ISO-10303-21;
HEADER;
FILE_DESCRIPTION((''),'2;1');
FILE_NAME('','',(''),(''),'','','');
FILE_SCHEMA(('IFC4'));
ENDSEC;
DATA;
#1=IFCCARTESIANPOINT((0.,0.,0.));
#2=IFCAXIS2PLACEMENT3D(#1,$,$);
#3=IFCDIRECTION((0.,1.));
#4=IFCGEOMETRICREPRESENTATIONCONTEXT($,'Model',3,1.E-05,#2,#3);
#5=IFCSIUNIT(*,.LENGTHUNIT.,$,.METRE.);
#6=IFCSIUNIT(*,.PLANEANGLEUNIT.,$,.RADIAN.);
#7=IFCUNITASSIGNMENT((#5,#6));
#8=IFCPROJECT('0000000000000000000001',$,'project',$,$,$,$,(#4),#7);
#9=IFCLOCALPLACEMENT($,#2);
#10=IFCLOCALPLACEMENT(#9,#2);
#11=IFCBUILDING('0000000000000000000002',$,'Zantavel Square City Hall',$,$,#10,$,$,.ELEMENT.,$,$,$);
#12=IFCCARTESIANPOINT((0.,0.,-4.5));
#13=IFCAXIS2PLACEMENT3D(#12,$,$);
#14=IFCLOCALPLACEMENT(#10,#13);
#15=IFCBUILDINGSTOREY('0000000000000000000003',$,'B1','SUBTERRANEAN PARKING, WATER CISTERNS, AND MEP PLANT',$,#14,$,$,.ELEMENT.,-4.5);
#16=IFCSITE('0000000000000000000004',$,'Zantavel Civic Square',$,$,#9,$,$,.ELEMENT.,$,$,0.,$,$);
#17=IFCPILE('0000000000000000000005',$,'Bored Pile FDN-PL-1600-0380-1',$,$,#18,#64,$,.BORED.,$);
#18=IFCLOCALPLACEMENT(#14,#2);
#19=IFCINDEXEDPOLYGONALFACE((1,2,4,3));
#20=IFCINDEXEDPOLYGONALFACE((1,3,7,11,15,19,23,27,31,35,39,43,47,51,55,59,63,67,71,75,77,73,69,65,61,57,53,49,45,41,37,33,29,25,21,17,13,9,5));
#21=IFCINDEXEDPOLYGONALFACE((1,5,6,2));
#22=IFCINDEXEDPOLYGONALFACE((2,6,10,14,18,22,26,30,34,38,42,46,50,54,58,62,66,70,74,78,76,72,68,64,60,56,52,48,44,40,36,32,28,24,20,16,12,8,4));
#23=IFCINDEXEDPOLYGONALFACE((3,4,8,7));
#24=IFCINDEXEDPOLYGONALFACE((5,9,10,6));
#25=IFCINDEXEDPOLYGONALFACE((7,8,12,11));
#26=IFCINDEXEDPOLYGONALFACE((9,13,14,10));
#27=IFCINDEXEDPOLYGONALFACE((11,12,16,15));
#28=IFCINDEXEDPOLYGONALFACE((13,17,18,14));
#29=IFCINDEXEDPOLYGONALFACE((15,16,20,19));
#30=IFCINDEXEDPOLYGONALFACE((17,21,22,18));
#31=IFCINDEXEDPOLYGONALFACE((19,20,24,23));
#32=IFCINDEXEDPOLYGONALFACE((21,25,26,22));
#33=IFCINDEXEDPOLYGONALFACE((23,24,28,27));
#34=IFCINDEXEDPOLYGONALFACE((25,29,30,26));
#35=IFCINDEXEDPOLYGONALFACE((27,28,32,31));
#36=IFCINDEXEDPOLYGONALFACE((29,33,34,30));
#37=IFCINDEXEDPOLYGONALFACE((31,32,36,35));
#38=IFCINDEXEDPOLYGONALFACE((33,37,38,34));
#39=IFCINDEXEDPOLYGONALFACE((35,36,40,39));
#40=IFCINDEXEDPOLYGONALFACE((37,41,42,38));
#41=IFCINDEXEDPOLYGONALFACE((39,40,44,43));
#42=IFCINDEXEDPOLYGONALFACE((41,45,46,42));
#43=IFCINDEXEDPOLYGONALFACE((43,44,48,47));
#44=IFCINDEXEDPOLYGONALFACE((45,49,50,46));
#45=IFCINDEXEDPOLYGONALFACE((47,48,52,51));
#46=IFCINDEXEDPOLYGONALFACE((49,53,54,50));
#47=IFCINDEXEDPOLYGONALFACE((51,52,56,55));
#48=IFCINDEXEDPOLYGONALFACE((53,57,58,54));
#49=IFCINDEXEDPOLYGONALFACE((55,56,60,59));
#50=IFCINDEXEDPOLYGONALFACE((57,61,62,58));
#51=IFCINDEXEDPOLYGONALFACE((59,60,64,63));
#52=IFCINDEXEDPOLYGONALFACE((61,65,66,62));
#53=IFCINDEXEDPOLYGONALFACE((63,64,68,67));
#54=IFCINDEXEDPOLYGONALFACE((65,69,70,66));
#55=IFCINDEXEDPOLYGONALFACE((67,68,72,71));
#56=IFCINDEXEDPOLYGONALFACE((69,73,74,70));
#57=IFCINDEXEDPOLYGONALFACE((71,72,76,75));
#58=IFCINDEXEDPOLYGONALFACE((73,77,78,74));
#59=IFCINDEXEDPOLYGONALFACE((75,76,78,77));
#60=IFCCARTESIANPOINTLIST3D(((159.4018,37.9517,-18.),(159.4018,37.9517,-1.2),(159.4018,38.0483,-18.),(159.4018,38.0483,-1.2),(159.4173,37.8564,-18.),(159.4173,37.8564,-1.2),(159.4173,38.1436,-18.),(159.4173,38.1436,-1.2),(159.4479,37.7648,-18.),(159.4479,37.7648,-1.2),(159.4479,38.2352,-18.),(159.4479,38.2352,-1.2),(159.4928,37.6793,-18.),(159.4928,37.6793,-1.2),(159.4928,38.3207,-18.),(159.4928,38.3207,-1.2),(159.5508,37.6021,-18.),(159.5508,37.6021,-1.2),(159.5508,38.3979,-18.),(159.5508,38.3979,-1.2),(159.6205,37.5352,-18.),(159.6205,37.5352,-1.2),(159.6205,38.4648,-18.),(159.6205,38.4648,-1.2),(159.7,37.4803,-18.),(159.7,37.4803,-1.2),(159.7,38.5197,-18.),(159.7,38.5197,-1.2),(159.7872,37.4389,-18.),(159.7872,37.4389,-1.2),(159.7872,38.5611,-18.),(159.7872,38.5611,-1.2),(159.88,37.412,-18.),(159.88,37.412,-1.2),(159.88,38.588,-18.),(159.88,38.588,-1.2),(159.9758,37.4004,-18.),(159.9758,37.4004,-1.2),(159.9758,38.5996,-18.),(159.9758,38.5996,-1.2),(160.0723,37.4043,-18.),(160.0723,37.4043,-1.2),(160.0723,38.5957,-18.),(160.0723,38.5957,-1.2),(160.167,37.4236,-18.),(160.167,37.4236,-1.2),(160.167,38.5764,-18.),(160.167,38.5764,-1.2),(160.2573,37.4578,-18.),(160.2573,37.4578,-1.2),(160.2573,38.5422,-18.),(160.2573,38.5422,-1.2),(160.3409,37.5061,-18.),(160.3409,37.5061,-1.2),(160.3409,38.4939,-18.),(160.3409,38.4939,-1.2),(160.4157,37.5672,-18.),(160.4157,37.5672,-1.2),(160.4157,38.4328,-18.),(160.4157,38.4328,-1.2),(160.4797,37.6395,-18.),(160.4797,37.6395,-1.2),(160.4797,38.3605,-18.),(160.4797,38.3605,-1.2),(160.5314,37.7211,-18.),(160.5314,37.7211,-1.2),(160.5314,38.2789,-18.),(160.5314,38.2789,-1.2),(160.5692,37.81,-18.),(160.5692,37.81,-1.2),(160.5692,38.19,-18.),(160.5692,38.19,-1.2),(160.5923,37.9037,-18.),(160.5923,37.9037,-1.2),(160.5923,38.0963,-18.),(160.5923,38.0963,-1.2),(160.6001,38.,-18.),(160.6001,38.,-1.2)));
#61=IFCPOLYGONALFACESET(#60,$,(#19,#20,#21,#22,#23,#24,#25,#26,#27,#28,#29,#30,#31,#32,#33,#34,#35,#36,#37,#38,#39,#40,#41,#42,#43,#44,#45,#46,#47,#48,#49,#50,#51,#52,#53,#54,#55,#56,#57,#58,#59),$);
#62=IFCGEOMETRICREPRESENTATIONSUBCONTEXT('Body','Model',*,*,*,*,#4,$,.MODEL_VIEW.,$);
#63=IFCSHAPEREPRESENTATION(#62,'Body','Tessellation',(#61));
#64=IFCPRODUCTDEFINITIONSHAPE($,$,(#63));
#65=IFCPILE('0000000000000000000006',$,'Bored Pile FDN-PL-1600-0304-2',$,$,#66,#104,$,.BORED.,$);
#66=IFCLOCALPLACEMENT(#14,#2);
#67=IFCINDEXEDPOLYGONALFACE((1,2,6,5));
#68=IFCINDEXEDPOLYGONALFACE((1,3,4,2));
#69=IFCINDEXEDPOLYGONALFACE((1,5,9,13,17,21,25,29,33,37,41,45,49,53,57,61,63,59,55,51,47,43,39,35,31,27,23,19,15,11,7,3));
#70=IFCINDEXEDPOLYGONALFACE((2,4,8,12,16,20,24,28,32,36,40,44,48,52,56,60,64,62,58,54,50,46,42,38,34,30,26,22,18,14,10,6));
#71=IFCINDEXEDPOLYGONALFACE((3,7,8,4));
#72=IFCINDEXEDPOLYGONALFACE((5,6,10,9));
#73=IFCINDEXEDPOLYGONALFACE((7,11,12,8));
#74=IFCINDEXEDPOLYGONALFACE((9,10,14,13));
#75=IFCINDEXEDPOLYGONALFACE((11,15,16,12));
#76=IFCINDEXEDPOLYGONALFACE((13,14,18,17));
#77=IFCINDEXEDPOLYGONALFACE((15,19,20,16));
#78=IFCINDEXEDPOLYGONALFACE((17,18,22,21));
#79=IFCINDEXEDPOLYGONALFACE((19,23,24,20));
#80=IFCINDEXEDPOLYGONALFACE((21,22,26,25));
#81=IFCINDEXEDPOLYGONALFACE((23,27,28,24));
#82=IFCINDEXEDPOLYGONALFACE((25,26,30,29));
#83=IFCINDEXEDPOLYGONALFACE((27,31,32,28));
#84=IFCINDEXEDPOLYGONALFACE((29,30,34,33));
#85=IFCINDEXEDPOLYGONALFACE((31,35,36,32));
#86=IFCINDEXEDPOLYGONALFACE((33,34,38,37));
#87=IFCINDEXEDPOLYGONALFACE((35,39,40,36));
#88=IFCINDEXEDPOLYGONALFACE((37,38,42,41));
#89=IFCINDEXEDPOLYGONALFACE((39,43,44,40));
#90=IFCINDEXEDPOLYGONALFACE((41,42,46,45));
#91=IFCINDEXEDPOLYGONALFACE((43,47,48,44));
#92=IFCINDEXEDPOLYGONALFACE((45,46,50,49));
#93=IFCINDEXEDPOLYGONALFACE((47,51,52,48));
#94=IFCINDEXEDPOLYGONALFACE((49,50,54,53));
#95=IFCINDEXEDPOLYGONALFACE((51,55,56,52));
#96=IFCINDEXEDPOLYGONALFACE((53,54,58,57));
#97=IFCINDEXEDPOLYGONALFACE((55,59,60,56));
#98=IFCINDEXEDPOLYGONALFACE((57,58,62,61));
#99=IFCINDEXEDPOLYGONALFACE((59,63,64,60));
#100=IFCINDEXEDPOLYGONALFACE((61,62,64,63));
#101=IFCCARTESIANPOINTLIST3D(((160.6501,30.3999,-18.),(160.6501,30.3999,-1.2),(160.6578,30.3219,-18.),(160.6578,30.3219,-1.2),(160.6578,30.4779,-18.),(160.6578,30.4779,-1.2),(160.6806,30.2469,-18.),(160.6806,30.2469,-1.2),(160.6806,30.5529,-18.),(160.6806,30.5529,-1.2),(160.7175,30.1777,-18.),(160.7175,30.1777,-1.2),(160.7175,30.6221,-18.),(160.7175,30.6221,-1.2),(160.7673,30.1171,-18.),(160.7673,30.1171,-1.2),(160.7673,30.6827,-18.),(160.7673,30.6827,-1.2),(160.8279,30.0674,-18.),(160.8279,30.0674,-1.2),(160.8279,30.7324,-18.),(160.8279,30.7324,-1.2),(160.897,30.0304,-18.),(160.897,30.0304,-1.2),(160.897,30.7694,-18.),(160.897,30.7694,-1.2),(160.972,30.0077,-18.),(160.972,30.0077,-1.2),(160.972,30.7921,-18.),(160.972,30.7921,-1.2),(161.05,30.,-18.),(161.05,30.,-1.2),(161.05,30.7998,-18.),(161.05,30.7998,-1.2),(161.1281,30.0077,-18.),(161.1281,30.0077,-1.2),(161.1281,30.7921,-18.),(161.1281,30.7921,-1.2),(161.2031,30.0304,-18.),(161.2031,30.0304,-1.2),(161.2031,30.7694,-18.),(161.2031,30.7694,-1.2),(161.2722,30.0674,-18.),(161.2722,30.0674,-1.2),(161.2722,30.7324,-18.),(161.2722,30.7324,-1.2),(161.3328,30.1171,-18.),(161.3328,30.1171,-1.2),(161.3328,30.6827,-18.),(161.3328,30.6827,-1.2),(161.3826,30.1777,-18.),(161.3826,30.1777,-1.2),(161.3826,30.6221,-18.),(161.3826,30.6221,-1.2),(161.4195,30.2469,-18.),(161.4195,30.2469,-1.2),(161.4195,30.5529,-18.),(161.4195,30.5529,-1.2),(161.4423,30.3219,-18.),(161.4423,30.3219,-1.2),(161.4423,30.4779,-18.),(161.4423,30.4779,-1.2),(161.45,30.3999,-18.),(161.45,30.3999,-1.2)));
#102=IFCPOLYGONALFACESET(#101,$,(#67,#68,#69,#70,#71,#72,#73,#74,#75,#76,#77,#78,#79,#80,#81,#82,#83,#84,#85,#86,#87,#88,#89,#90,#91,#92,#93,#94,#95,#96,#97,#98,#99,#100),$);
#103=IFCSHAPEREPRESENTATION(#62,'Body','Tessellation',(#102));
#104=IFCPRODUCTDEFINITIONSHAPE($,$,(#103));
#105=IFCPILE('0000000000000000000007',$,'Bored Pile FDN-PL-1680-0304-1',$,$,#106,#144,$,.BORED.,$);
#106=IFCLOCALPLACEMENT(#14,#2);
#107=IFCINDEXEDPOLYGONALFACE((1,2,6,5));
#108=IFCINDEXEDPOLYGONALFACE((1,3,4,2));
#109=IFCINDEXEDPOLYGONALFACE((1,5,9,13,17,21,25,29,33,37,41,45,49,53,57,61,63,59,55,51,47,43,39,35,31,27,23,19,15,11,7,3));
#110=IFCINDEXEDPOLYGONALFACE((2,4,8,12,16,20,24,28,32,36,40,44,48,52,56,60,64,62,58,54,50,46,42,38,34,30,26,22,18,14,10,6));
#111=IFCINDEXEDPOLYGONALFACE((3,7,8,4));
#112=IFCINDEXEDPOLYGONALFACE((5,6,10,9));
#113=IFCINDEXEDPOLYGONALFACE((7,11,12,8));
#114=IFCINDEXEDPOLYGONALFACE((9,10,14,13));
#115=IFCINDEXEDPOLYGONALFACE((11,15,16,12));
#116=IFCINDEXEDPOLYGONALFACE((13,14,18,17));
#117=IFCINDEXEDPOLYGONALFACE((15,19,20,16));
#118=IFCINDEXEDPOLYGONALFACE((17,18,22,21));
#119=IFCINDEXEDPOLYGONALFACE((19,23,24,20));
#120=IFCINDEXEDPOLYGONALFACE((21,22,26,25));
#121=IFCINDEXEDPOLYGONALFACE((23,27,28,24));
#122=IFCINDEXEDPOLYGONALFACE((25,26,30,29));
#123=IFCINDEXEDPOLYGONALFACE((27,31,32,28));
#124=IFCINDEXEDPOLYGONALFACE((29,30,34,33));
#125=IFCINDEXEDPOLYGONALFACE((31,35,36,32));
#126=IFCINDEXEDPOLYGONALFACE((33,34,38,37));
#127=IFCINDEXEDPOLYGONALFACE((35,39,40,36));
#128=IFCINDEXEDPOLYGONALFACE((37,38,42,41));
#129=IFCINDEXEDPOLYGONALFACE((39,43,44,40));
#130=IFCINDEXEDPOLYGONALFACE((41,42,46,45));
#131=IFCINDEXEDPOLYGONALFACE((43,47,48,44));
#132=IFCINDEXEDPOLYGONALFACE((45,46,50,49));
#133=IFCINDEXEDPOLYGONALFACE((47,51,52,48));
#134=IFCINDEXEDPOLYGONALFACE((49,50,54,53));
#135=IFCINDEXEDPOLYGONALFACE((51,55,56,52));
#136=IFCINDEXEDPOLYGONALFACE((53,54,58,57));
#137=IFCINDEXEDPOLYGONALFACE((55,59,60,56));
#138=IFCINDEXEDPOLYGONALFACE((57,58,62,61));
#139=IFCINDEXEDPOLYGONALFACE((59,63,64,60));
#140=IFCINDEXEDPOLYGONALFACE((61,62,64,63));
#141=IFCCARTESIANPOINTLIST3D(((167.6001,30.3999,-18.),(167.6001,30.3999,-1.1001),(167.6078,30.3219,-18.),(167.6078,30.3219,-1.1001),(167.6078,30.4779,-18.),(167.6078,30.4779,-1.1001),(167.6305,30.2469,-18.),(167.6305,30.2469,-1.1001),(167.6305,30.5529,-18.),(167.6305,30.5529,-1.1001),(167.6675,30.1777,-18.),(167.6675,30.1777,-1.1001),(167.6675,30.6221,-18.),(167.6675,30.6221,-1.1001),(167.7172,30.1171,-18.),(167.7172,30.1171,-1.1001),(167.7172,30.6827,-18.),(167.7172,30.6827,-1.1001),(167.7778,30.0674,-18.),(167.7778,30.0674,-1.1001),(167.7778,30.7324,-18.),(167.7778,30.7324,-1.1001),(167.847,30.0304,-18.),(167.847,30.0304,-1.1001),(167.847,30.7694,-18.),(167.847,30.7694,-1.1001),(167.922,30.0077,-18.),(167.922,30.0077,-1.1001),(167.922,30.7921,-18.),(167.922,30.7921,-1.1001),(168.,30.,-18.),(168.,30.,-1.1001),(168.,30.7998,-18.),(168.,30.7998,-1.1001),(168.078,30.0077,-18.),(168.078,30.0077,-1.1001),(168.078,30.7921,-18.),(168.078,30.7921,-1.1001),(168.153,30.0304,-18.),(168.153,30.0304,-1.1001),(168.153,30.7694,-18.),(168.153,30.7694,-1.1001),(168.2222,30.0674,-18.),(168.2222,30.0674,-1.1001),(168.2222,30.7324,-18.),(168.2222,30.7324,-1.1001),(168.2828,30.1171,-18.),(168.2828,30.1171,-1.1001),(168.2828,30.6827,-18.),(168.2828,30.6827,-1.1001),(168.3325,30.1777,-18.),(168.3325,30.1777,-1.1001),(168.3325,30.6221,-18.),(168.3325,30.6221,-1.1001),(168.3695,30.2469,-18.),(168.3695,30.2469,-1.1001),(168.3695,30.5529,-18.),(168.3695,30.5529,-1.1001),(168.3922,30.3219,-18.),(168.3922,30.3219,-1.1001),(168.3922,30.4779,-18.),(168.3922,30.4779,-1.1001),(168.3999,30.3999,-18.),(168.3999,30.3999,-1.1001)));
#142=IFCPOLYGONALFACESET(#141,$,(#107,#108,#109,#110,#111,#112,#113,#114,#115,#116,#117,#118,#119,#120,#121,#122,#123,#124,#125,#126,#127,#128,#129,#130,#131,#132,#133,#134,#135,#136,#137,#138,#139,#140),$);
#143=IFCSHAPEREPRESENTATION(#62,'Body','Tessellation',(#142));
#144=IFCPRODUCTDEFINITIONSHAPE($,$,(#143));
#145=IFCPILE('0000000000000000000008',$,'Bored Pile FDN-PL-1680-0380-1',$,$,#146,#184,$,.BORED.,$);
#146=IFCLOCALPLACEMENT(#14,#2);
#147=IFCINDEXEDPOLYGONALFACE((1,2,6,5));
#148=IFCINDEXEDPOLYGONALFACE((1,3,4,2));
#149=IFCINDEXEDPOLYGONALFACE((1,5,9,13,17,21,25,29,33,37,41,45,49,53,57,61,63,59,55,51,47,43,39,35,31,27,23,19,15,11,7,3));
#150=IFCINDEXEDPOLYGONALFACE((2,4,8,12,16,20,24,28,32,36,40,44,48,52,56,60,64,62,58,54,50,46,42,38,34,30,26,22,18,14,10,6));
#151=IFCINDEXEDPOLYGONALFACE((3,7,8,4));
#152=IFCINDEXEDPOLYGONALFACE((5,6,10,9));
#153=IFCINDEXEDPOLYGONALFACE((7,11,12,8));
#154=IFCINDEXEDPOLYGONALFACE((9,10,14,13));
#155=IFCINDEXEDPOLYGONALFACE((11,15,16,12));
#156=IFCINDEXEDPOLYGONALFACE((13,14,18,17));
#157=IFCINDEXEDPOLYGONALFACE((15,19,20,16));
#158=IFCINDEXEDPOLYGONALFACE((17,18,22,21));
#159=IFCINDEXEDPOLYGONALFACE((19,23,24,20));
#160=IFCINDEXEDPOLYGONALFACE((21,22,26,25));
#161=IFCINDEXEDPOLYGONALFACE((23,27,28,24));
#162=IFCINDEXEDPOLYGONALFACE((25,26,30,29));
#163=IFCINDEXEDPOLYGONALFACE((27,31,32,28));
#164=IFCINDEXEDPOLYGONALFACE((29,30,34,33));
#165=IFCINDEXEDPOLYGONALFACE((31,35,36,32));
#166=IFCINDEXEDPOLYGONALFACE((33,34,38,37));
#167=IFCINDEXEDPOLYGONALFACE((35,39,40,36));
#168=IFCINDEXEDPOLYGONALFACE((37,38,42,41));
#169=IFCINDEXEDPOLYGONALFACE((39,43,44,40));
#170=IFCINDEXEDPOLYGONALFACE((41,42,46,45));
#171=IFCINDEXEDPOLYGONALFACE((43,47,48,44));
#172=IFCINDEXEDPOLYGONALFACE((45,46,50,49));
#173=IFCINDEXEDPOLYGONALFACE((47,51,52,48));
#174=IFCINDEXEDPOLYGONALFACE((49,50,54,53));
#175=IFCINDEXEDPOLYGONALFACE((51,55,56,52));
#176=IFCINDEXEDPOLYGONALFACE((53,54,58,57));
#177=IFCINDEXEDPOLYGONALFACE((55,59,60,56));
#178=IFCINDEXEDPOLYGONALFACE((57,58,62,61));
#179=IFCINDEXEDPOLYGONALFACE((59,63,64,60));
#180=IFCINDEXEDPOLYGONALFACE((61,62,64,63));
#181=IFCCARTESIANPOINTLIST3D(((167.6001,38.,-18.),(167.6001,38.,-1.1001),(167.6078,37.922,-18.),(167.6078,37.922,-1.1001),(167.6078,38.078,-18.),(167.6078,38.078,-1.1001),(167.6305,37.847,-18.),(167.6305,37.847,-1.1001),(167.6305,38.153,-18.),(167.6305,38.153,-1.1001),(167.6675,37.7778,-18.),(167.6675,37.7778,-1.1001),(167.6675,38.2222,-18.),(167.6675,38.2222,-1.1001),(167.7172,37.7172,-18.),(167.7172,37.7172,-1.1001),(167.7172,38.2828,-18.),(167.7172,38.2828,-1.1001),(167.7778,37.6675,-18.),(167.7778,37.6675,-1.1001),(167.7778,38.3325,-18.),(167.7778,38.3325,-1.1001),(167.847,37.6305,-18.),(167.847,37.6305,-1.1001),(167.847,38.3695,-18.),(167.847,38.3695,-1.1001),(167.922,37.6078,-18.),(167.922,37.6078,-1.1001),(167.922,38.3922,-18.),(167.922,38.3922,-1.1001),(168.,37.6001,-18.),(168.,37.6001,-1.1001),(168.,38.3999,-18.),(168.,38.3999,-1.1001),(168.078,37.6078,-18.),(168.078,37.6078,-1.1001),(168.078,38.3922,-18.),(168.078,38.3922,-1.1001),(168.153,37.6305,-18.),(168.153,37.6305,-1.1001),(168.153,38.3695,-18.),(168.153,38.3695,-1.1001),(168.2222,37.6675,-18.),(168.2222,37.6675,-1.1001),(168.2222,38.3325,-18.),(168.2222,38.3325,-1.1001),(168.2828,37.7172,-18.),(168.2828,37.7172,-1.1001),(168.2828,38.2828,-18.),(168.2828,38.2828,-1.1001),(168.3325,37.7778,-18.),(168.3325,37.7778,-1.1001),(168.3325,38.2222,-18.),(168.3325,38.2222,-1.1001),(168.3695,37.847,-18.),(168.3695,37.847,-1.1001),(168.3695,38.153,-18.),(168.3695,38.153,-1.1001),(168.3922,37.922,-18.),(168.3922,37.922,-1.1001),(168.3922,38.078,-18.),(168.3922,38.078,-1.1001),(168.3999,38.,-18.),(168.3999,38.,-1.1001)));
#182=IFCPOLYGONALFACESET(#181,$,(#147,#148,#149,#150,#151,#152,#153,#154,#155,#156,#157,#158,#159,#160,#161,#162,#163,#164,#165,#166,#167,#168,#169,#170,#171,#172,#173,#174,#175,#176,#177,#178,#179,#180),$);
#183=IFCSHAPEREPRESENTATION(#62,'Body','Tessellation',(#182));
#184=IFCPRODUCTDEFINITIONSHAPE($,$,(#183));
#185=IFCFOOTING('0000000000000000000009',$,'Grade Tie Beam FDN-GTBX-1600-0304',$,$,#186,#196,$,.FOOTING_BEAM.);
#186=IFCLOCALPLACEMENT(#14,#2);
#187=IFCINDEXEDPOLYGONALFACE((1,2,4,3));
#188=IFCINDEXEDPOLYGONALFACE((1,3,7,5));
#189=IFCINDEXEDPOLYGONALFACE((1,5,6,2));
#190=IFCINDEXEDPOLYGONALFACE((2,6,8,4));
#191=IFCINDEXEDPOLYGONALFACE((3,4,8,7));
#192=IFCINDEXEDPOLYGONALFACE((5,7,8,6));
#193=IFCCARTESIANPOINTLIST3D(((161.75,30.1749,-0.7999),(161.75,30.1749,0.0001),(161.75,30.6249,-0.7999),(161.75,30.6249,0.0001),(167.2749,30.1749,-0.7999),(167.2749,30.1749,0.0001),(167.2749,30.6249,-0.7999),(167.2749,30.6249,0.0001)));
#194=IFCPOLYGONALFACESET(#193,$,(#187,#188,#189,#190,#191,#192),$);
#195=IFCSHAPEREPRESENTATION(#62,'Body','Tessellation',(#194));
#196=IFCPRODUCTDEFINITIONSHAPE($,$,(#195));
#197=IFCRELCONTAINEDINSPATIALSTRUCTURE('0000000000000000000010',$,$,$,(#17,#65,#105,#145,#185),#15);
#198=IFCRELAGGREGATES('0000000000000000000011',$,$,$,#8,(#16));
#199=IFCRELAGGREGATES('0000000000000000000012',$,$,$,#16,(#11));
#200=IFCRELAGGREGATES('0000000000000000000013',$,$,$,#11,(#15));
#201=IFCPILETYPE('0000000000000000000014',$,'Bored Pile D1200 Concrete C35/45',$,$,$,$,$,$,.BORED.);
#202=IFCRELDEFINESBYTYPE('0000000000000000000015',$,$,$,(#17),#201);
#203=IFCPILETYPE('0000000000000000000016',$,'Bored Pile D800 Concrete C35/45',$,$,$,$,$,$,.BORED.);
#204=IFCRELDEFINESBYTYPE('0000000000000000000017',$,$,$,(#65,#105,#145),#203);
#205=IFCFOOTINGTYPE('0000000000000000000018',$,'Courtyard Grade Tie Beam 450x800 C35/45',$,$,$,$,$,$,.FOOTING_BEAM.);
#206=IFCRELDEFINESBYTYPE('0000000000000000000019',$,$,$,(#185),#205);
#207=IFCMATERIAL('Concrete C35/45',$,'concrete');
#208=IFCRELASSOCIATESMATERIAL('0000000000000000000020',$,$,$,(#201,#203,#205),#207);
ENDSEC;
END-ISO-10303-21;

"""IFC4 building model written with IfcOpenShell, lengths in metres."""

from ifc_helpers import new_model, si_unit, direction, frame, origin, origin_2d, place, context, subcontext, project, spatial, rectangle, circle, extrude, material, material_profile, profile_set, type_object, element, save


model = new_model("IFC4")

# Units and contexts
model_context = context("Model", 3, precision=1e-05, world=origin(), true_north=direction((0.0, 1.0)))
body_context = subcontext(model_context, "Body", "Model", "MODEL_VIEW")
ifc_project = project(units=[si_unit("LENGTHUNIT", "METRE"), si_unit("PLANEANGLEUNIT", "RADIAN")], contexts=[model_context])

# Site, building, storey
site_placement = place(None, origin())
site = spatial("IfcSite", under=ifc_project, at=site_placement, Name="Zantavel Civic Square", CompositionType="ELEMENT", RefElevation=0.0)
building_placement = place(site_placement, origin())
building = spatial("IfcBuilding", under=site, at=building_placement, Name="Zantavel Square City Hall", CompositionType="ELEMENT")
storey_placement = place(building_placement, frame((0.0, 0.0, -4.5)))
storey = spatial("IfcBuildingStorey", under=building, at=storey_placement, Name="B1", Description="SUBTERRANEAN PARKING, WATER CISTERNS, AND MEP PLANT", CompositionType="ELEMENT", Elevation=-4.5)

# Piles
ifc_material_1 = material(Name="Concrete C35/45", Category="concrete")
ifc_material_profile_1 = material_profile(ifc_material_1, circle(Radius=0.6001, at=origin_2d()), Name="PILE D1200")
ifc_profile_set_1 = profile_set([ifc_material_profile_1], Name="Concrete C35/45")
pile_type_1 = type_object("IfcPileType", Name="Bored Pile D1200 Concrete C35/45", PredefinedType="BORED", material=ifc_profile_set_1)
pile_1_placement = place(storey_placement, frame((160.0, 38.0, -1.2), z_axis=(0.0, 0.0, -1.0), x_axis=(1.0, 0.0, 0.0)))
element("IfcPile", 1, at=pile_1_placement, inside=storey, type_object=pile_type_1, Name="Bored Pile FDN-PL-1600-0380-1", PredefinedType="BORED", context=body_context, shape_type="SweptSolid", body=[
    extrude(circle(Radius=0.6001, at=origin_2d()), origin(), (0.0, 0.0, 1.0), 16.8),
])
ifc_material_profile_2 = material_profile(ifc_material_1, circle(Radius=0.3999, at=origin_2d()), Name="PILE D800")
ifc_profile_set_2 = profile_set([ifc_material_profile_2], Name="Concrete C35/45")
pile_type_2 = type_object("IfcPileType", Name="Bored Pile D800 Concrete C35/45", PredefinedType="BORED", material=ifc_profile_set_2)
pile_2_placement = place(storey_placement, frame((161.05, 30.3999, -1.2), z_axis=(0.0, 0.0, -1.0), x_axis=(1.0, 0.0, 0.0)))
element("IfcPile", 2, at=pile_2_placement, inside=storey, type_object=pile_type_2, Name="Bored Pile FDN-PL-1600-0304-2", PredefinedType="BORED", context=body_context, shape_type="SweptSolid", body=[
    extrude(circle(Radius=0.3999, at=origin_2d()), origin(), (0.0, 0.0, 1.0), 16.8),
])
for number, where, z_axis, x_axis, name in (
    (3, (168.0, 30.3999, -1.1001), (0.0, 0.0, -1.0), (1.0, 0.0, 0.0), "Bored Pile FDN-PL-1680-0304-1"),
    (4, (168.0, 38.0, -1.1001), (0.0, 0.0, -1.0), (1.0, 0.0, 0.0), "Bored Pile FDN-PL-1680-0380-1"),
):
    element("IfcPile", number, at=place(storey_placement, frame(where, z_axis=z_axis, x_axis=x_axis)), inside=storey, type_object=pile_type_2, Name=name, PredefinedType="BORED", context=body_context, shape_type="SweptSolid", body=[
        extrude(circle(Radius=0.3999, at=origin_2d()), origin(), (0.0, 0.0, 1.0), 16.8999),
    ])

# Footing
ifc_material_profile_3 = material_profile(ifc_material_1, rectangle(XDim=0.45, YDim=0.8, at=origin_2d()), Name="RC 450x800")
ifc_profile_set_3 = profile_set([ifc_material_profile_3], Name="Concrete C35/45")
footing_type_1 = type_object("IfcFootingType", Name="Courtyard Grade Tie Beam 450x800 C35/45", PredefinedType="FOOTING_BEAM", material=ifc_profile_set_3)
footing_1_placement = place(storey_placement, frame((161.75, 30.3999, -0.3999), z_axis=(1.0, 0.0, 0.0), x_axis=(0.0, 1.0, 0.0)))
element("IfcFooting", 5, at=footing_1_placement, inside=storey, type_object=footing_type_1, Name="Grade Tie Beam FDN-GTBX-1600-0304", PredefinedType="FOOTING_BEAM", context=body_context, shape_type="SweptSolid", body=[
    extrude(rectangle(XDim=0.45, YDim=0.8, at=origin_2d()), origin(), (0.0, 0.0, 1.0), 5.5249),
])

save(model, "model.ifc")
